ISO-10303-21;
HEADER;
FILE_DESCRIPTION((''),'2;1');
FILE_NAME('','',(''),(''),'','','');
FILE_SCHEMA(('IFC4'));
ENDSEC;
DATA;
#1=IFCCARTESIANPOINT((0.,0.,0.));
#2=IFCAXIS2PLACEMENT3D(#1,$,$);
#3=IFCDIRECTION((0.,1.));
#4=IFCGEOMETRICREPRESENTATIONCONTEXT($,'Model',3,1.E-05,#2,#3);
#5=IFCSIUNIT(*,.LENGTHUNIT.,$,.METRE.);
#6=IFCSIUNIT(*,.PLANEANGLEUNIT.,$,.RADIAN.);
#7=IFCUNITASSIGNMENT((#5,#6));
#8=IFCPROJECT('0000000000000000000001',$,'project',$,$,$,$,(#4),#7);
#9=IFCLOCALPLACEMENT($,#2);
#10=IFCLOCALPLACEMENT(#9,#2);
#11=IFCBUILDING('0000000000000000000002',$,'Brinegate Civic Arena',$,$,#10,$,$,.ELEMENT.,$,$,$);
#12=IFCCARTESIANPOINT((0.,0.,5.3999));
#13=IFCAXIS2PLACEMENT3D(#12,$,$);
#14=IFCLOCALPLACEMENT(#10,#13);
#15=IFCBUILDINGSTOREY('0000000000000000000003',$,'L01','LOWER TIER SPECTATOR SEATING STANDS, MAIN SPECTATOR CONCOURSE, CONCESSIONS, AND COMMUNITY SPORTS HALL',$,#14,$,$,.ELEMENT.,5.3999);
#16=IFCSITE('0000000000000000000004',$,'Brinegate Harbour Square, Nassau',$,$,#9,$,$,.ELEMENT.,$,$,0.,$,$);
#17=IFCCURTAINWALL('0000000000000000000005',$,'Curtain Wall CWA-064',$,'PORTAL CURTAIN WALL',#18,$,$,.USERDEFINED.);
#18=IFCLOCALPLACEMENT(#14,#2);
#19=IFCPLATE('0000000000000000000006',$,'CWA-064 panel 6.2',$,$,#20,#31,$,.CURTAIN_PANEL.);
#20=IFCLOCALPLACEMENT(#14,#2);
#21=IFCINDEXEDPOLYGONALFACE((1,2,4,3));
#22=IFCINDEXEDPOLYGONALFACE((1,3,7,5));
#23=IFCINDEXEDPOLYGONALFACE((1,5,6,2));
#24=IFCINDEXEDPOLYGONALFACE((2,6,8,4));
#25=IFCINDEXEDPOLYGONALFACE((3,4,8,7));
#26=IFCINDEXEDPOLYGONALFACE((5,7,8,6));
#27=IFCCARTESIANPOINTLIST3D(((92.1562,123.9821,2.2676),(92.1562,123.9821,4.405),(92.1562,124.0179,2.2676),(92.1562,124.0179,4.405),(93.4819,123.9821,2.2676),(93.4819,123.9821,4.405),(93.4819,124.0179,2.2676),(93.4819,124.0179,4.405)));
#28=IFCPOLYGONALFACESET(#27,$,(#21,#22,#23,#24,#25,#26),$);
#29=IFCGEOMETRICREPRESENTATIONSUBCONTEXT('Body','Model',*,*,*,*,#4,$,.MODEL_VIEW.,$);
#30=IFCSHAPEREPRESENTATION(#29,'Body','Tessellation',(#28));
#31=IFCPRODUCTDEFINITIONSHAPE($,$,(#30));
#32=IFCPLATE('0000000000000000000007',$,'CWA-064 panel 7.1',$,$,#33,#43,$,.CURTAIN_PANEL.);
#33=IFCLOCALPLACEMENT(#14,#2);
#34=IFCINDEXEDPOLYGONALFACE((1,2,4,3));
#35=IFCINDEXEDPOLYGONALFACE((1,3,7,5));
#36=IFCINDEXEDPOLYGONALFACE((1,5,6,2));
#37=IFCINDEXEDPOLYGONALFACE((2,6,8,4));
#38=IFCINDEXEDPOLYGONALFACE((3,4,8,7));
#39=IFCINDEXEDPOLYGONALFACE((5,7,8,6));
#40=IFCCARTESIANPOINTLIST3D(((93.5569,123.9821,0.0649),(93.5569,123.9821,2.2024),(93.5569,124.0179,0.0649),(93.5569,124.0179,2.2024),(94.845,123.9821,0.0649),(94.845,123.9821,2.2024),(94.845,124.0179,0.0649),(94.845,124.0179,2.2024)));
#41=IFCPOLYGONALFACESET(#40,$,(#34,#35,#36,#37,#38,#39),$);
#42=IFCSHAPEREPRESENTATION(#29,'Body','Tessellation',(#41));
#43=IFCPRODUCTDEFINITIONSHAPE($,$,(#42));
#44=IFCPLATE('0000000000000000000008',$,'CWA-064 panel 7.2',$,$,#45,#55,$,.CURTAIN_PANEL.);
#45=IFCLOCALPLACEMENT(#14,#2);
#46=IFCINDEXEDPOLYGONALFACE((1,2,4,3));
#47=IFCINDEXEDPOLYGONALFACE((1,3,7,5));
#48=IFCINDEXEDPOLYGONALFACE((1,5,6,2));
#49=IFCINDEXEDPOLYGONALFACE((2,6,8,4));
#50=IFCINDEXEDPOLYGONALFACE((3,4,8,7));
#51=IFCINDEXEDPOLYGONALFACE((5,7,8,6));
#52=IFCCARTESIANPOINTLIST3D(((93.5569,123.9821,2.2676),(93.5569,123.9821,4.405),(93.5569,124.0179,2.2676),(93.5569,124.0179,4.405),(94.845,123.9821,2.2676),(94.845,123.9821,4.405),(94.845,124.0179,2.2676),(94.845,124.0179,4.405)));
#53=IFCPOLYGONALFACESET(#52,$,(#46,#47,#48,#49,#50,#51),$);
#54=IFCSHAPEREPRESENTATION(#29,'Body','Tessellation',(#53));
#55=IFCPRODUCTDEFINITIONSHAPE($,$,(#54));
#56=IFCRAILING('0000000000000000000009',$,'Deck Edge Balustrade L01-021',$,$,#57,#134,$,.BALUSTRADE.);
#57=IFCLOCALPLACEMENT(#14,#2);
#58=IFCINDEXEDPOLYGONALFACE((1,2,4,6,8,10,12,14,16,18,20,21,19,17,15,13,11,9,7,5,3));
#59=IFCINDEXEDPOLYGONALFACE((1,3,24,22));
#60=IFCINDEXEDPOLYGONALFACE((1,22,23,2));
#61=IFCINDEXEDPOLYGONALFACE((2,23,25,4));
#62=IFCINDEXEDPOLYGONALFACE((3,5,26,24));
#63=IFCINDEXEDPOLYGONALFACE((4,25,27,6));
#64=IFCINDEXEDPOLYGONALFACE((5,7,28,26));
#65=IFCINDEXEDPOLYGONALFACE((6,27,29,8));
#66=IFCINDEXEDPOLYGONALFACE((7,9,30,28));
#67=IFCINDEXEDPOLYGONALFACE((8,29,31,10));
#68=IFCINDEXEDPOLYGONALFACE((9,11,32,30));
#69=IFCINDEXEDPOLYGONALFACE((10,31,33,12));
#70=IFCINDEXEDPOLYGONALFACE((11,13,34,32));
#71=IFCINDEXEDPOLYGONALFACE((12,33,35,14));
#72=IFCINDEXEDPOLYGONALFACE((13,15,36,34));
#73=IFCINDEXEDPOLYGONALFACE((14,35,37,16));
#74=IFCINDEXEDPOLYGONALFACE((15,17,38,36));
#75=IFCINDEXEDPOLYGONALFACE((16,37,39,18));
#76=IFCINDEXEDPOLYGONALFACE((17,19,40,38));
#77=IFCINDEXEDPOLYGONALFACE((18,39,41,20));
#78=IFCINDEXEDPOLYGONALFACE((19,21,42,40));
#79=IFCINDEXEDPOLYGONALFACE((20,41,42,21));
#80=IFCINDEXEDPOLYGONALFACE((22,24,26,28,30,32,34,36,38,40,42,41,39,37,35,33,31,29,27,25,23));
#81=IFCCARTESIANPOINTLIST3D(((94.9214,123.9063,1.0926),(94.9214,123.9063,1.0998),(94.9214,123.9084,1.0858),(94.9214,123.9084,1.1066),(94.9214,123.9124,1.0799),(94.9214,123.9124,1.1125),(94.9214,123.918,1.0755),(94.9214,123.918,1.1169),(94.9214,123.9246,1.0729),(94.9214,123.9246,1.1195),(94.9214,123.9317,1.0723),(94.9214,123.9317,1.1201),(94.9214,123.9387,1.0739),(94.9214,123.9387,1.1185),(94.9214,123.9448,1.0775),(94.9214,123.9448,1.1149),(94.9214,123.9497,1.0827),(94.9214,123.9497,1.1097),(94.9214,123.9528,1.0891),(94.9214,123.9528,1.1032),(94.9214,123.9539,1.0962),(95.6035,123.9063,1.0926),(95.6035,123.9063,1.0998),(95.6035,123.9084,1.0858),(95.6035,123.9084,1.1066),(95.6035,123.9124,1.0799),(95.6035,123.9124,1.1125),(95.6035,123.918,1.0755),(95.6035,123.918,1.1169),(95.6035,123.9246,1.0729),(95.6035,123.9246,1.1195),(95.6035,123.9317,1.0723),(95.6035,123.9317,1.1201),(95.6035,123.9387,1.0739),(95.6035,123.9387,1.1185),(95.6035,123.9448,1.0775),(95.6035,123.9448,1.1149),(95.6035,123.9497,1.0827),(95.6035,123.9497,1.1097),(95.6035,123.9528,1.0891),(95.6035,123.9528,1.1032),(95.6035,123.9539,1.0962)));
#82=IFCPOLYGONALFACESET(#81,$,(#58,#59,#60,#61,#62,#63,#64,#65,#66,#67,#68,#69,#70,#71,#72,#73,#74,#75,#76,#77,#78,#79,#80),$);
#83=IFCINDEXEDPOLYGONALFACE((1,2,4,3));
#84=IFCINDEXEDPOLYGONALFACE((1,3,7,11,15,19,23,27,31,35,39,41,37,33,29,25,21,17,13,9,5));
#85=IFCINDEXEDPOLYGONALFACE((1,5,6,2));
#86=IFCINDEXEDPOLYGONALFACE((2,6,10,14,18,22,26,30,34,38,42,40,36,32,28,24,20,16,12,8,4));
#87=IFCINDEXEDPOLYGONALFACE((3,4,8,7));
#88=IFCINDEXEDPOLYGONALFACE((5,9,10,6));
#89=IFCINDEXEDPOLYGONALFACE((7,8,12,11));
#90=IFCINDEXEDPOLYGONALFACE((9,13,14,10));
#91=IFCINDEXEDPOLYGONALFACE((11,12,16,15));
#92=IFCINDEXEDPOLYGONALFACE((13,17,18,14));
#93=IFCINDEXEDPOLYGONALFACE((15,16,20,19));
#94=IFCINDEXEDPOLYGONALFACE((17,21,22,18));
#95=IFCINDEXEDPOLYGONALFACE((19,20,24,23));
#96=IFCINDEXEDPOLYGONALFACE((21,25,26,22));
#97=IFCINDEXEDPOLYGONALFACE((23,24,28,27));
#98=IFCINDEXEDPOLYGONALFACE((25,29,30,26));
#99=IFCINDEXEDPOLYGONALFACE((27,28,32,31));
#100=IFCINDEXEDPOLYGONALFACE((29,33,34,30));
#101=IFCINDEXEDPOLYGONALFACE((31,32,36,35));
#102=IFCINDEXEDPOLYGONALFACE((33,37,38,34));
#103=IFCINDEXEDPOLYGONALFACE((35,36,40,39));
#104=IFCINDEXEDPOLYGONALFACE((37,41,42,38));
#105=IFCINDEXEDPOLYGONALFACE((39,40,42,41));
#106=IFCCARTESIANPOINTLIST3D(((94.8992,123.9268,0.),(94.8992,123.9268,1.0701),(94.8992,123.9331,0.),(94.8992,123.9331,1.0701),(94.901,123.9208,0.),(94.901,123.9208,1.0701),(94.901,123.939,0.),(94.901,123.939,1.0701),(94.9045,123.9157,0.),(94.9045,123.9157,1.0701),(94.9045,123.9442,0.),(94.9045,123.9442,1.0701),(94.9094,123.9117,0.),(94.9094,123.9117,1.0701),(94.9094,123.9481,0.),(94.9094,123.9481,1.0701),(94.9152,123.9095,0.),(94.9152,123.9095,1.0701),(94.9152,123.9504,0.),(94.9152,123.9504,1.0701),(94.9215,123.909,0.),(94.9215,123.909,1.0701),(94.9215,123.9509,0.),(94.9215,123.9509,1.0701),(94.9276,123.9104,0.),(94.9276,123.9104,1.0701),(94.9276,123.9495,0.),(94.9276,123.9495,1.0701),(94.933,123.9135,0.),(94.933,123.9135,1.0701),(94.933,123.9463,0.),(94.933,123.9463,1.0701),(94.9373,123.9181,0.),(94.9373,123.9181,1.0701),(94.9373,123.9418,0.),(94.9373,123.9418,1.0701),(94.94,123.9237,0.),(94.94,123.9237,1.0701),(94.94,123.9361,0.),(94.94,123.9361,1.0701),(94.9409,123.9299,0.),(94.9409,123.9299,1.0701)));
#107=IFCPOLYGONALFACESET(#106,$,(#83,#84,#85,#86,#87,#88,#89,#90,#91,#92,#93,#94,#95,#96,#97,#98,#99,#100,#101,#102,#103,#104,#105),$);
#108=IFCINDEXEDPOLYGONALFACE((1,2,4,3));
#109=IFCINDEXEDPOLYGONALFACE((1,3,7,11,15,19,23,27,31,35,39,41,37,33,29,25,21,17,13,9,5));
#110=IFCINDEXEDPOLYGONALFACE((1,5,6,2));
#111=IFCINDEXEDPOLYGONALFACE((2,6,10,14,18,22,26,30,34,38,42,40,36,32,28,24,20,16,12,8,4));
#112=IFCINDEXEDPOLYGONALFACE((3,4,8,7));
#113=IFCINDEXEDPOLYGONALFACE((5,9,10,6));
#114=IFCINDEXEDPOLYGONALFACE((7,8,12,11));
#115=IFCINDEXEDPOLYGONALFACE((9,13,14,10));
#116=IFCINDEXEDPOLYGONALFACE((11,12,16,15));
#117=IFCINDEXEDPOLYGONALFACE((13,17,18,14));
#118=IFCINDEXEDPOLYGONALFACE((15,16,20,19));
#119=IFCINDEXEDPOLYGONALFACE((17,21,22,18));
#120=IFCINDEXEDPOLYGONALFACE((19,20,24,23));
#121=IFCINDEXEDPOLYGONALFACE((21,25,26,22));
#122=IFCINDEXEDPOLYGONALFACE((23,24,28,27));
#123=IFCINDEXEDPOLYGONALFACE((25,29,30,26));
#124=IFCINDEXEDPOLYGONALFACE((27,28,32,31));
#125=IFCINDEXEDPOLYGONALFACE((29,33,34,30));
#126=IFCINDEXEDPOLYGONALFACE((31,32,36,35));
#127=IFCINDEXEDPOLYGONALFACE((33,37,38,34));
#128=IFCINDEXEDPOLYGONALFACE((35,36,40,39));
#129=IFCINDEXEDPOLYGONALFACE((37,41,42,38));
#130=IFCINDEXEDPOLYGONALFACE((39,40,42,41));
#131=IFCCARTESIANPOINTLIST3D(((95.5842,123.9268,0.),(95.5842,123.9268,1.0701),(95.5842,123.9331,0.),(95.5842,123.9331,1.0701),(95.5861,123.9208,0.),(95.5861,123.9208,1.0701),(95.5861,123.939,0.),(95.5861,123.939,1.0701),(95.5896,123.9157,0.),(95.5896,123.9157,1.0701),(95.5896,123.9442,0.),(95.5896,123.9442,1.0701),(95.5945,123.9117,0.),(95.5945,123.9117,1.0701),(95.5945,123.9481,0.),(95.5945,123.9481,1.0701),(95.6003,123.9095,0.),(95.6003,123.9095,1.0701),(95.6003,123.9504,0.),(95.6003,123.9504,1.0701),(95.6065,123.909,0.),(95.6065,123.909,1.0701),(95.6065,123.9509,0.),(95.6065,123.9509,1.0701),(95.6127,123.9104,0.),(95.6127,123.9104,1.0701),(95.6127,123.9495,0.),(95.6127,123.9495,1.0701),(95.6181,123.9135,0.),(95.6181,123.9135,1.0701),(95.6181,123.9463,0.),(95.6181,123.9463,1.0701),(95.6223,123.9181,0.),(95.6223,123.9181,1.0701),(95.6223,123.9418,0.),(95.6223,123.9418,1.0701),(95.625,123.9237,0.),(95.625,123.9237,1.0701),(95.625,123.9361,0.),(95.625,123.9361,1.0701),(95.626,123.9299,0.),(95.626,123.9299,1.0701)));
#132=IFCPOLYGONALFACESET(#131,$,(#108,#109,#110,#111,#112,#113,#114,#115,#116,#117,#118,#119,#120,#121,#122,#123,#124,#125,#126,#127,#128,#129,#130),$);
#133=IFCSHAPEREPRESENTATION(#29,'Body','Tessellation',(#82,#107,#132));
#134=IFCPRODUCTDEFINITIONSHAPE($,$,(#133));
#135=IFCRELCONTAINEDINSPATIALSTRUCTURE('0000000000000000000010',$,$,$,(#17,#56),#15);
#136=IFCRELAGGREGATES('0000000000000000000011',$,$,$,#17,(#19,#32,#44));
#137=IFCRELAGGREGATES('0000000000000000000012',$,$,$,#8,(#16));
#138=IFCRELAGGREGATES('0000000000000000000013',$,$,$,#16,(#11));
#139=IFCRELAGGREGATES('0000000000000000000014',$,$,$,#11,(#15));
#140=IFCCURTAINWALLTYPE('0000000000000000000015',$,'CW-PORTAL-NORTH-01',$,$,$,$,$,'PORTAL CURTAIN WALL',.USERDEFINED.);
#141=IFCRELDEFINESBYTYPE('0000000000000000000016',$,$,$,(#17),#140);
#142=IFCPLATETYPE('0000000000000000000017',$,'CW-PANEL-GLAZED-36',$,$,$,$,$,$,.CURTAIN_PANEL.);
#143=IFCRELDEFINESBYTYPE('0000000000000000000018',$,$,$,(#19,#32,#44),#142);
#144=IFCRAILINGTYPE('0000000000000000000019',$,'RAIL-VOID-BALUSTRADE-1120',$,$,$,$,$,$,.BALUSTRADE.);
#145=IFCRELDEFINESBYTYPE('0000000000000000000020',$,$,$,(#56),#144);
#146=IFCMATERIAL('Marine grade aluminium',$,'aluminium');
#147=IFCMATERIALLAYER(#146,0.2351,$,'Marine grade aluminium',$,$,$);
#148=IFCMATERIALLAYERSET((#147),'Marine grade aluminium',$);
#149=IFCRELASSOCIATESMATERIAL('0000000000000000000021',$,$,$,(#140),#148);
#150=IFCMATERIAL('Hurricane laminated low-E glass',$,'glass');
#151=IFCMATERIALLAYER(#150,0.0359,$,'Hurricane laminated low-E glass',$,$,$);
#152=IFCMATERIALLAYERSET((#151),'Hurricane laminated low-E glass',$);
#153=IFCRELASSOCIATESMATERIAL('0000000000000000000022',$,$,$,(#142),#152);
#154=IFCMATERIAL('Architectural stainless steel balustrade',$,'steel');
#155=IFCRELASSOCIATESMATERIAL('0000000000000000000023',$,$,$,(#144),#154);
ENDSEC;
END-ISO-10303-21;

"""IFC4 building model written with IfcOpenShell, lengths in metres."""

from ifc_helpers import new_model, si_unit, direction, frame, origin, origin_2d, place, context, subcontext, project, spatial, rectangle, circle, extrude, material, layer, layer_set, type_object, element, aggregate, save


model = new_model("IFC4")

# Units and contexts
model_context = context("Model", 3, precision=1e-05, world=origin(), true_north=direction((0.0, 1.0)))
body_context = subcontext(model_context, "Body", "Model", "MODEL_VIEW")
ifc_project = project(units=[si_unit("LENGTHUNIT", "METRE"), si_unit("PLANEANGLEUNIT", "RADIAN")], contexts=[model_context])

# Site, building, storey
site_placement = place(None, origin())
site = spatial("IfcSite", under=ifc_project, at=site_placement, Name="Brinegate Harbour Square, Nassau", CompositionType="ELEMENT", RefElevation=0.0)
building_placement = place(site_placement, origin())
building = spatial("IfcBuilding", under=site, at=building_placement, Name="Brinegate Civic Arena", CompositionType="ELEMENT")
storey_placement = place(building_placement, frame((0.0, 0.0, 5.3999)))
storey = spatial("IfcBuildingStorey", under=building, at=storey_placement, Name="L01", Description="LOWER TIER SPECTATOR SEATING STANDS, MAIN SPECTATOR CONCOURSE, CONCESSIONS, AND COMMUNITY SPORTS HALL", CompositionType="ELEMENT", Elevation=5.3999)

# Curtain wall
ifc_material_1 = material(Name="Marine grade aluminium", Category="aluminium")
ifc_layer_1 = layer(ifc_material_1, 0.2351, Name="Marine grade aluminium")
ifc_layer_set_1 = layer_set([ifc_layer_1], Name="Marine grade aluminium")
curtain_wall_type = type_object("IfcCurtainWallType", Name="CW-PORTAL-NORTH-01", ElementType="PORTAL CURTAIN WALL", PredefinedType="USERDEFINED", material=ifc_layer_set_1)
curtain_wall_placement = place(storey_placement, origin())
curtain_wall = element("IfcCurtainWall", 1, at=curtain_wall_placement, inside=storey, type_object=curtain_wall_type, Name="Curtain Wall CWA-064", ObjectType="PORTAL CURTAIN WALL", PredefinedType="USERDEFINED")

# Plates
ifc_material_2 = material(Name="Hurricane laminated low-E glass", Category="glass")
ifc_layer_2 = layer(ifc_material_2, 0.0359, Name="Hurricane laminated low-E glass")
ifc_layer_set_2 = layer_set([ifc_layer_2], Name="Hurricane laminated low-E glass")
plate_type = type_object("IfcPlateType", Name="CW-PANEL-GLAZED-36", PredefinedType="CURTAIN_PANEL", material=ifc_layer_set_2)
plate_1_placement = place(storey_placement, frame((92.8191, 124.0, 2.2676), z_axis=(0.0, 0.0, 1.0), x_axis=(1.0, 0.0, 0.0)))
plate_1 = element("IfcPlate", 2, at=plate_1_placement, type_object=plate_type, Name="CWA-064 panel 6.2", PredefinedType="CURTAIN_PANEL", context=body_context, shape_type="SweptSolid", body=[
    extrude(rectangle(XDim=1.3257, YDim=0.0359, at=origin_2d()), origin(), (0.0, 0.0, 1.0), 2.1375),
])
plate_2_placement = place(storey_placement, frame((94.2009, 124.0, 0.0649), z_axis=(0.0, 0.0, 1.0), x_axis=(1.0, 0.0, 0.0)))
plate_2 = element("IfcPlate", 3, at=plate_2_placement, type_object=plate_type, Name="CWA-064 panel 7.1", PredefinedType="CURTAIN_PANEL", context=body_context, shape_type="SweptSolid", body=[
    extrude(rectangle(XDim=1.2881, YDim=0.0359, at=origin_2d()), origin(), (0.0, 0.0, 1.0), 2.1375),
])
plate_3_placement = place(storey_placement, frame((94.2009, 124.0, 2.2676), z_axis=(0.0, 0.0, 1.0), x_axis=(1.0, 0.0, 0.0)))
plate_3 = element("IfcPlate", 4, at=plate_3_placement, type_object=plate_type, Name="CWA-064 panel 7.2", PredefinedType="CURTAIN_PANEL", context=body_context, shape_type="SweptSolid", body=[
    extrude(rectangle(XDim=1.2881, YDim=0.0359, at=origin_2d()), origin(), (0.0, 0.0, 1.0), 2.1375),
])
aggregate(curtain_wall, [plate_1, plate_2, plate_3])

# Railing
ifc_material_3 = material(Name="Architectural stainless steel balustrade", Category="steel")
railing_type = type_object("IfcRailingType", Name="RAIL-VOID-BALUSTRADE-1120", PredefinedType="BALUSTRADE", material=ifc_material_3)
railing_placement = place(storey_placement, frame((94.9199, 123.9299, 0.0)))
element("IfcRailing", 5, at=railing_placement, inside=storey, type_object=railing_type, Name="Deck Edge Balustrade L01-021", PredefinedType="BALUSTRADE", context=body_context, shape_type="SweptSolid", body=[
    extrude(circle(Radius=0.0239, at=origin_2d()), frame((0.0015, 0.0, 1.0962), z_axis=(1.0, 0.0, 0.0), x_axis=(0.0, 1.0, 0.0)), (0.0, 0.0, 1.0), 0.6821),
    extrude(circle(Radius=0.021, at=origin_2d()), origin(), (0.0, 0.0, 1.0), 1.0701),
    extrude(circle(Radius=0.021, at=origin_2d()), frame((0.6851, 0.0, 0.0)), (0.0, 0.0, 1.0), 1.0701),
])

save(model, "model.ifc")
